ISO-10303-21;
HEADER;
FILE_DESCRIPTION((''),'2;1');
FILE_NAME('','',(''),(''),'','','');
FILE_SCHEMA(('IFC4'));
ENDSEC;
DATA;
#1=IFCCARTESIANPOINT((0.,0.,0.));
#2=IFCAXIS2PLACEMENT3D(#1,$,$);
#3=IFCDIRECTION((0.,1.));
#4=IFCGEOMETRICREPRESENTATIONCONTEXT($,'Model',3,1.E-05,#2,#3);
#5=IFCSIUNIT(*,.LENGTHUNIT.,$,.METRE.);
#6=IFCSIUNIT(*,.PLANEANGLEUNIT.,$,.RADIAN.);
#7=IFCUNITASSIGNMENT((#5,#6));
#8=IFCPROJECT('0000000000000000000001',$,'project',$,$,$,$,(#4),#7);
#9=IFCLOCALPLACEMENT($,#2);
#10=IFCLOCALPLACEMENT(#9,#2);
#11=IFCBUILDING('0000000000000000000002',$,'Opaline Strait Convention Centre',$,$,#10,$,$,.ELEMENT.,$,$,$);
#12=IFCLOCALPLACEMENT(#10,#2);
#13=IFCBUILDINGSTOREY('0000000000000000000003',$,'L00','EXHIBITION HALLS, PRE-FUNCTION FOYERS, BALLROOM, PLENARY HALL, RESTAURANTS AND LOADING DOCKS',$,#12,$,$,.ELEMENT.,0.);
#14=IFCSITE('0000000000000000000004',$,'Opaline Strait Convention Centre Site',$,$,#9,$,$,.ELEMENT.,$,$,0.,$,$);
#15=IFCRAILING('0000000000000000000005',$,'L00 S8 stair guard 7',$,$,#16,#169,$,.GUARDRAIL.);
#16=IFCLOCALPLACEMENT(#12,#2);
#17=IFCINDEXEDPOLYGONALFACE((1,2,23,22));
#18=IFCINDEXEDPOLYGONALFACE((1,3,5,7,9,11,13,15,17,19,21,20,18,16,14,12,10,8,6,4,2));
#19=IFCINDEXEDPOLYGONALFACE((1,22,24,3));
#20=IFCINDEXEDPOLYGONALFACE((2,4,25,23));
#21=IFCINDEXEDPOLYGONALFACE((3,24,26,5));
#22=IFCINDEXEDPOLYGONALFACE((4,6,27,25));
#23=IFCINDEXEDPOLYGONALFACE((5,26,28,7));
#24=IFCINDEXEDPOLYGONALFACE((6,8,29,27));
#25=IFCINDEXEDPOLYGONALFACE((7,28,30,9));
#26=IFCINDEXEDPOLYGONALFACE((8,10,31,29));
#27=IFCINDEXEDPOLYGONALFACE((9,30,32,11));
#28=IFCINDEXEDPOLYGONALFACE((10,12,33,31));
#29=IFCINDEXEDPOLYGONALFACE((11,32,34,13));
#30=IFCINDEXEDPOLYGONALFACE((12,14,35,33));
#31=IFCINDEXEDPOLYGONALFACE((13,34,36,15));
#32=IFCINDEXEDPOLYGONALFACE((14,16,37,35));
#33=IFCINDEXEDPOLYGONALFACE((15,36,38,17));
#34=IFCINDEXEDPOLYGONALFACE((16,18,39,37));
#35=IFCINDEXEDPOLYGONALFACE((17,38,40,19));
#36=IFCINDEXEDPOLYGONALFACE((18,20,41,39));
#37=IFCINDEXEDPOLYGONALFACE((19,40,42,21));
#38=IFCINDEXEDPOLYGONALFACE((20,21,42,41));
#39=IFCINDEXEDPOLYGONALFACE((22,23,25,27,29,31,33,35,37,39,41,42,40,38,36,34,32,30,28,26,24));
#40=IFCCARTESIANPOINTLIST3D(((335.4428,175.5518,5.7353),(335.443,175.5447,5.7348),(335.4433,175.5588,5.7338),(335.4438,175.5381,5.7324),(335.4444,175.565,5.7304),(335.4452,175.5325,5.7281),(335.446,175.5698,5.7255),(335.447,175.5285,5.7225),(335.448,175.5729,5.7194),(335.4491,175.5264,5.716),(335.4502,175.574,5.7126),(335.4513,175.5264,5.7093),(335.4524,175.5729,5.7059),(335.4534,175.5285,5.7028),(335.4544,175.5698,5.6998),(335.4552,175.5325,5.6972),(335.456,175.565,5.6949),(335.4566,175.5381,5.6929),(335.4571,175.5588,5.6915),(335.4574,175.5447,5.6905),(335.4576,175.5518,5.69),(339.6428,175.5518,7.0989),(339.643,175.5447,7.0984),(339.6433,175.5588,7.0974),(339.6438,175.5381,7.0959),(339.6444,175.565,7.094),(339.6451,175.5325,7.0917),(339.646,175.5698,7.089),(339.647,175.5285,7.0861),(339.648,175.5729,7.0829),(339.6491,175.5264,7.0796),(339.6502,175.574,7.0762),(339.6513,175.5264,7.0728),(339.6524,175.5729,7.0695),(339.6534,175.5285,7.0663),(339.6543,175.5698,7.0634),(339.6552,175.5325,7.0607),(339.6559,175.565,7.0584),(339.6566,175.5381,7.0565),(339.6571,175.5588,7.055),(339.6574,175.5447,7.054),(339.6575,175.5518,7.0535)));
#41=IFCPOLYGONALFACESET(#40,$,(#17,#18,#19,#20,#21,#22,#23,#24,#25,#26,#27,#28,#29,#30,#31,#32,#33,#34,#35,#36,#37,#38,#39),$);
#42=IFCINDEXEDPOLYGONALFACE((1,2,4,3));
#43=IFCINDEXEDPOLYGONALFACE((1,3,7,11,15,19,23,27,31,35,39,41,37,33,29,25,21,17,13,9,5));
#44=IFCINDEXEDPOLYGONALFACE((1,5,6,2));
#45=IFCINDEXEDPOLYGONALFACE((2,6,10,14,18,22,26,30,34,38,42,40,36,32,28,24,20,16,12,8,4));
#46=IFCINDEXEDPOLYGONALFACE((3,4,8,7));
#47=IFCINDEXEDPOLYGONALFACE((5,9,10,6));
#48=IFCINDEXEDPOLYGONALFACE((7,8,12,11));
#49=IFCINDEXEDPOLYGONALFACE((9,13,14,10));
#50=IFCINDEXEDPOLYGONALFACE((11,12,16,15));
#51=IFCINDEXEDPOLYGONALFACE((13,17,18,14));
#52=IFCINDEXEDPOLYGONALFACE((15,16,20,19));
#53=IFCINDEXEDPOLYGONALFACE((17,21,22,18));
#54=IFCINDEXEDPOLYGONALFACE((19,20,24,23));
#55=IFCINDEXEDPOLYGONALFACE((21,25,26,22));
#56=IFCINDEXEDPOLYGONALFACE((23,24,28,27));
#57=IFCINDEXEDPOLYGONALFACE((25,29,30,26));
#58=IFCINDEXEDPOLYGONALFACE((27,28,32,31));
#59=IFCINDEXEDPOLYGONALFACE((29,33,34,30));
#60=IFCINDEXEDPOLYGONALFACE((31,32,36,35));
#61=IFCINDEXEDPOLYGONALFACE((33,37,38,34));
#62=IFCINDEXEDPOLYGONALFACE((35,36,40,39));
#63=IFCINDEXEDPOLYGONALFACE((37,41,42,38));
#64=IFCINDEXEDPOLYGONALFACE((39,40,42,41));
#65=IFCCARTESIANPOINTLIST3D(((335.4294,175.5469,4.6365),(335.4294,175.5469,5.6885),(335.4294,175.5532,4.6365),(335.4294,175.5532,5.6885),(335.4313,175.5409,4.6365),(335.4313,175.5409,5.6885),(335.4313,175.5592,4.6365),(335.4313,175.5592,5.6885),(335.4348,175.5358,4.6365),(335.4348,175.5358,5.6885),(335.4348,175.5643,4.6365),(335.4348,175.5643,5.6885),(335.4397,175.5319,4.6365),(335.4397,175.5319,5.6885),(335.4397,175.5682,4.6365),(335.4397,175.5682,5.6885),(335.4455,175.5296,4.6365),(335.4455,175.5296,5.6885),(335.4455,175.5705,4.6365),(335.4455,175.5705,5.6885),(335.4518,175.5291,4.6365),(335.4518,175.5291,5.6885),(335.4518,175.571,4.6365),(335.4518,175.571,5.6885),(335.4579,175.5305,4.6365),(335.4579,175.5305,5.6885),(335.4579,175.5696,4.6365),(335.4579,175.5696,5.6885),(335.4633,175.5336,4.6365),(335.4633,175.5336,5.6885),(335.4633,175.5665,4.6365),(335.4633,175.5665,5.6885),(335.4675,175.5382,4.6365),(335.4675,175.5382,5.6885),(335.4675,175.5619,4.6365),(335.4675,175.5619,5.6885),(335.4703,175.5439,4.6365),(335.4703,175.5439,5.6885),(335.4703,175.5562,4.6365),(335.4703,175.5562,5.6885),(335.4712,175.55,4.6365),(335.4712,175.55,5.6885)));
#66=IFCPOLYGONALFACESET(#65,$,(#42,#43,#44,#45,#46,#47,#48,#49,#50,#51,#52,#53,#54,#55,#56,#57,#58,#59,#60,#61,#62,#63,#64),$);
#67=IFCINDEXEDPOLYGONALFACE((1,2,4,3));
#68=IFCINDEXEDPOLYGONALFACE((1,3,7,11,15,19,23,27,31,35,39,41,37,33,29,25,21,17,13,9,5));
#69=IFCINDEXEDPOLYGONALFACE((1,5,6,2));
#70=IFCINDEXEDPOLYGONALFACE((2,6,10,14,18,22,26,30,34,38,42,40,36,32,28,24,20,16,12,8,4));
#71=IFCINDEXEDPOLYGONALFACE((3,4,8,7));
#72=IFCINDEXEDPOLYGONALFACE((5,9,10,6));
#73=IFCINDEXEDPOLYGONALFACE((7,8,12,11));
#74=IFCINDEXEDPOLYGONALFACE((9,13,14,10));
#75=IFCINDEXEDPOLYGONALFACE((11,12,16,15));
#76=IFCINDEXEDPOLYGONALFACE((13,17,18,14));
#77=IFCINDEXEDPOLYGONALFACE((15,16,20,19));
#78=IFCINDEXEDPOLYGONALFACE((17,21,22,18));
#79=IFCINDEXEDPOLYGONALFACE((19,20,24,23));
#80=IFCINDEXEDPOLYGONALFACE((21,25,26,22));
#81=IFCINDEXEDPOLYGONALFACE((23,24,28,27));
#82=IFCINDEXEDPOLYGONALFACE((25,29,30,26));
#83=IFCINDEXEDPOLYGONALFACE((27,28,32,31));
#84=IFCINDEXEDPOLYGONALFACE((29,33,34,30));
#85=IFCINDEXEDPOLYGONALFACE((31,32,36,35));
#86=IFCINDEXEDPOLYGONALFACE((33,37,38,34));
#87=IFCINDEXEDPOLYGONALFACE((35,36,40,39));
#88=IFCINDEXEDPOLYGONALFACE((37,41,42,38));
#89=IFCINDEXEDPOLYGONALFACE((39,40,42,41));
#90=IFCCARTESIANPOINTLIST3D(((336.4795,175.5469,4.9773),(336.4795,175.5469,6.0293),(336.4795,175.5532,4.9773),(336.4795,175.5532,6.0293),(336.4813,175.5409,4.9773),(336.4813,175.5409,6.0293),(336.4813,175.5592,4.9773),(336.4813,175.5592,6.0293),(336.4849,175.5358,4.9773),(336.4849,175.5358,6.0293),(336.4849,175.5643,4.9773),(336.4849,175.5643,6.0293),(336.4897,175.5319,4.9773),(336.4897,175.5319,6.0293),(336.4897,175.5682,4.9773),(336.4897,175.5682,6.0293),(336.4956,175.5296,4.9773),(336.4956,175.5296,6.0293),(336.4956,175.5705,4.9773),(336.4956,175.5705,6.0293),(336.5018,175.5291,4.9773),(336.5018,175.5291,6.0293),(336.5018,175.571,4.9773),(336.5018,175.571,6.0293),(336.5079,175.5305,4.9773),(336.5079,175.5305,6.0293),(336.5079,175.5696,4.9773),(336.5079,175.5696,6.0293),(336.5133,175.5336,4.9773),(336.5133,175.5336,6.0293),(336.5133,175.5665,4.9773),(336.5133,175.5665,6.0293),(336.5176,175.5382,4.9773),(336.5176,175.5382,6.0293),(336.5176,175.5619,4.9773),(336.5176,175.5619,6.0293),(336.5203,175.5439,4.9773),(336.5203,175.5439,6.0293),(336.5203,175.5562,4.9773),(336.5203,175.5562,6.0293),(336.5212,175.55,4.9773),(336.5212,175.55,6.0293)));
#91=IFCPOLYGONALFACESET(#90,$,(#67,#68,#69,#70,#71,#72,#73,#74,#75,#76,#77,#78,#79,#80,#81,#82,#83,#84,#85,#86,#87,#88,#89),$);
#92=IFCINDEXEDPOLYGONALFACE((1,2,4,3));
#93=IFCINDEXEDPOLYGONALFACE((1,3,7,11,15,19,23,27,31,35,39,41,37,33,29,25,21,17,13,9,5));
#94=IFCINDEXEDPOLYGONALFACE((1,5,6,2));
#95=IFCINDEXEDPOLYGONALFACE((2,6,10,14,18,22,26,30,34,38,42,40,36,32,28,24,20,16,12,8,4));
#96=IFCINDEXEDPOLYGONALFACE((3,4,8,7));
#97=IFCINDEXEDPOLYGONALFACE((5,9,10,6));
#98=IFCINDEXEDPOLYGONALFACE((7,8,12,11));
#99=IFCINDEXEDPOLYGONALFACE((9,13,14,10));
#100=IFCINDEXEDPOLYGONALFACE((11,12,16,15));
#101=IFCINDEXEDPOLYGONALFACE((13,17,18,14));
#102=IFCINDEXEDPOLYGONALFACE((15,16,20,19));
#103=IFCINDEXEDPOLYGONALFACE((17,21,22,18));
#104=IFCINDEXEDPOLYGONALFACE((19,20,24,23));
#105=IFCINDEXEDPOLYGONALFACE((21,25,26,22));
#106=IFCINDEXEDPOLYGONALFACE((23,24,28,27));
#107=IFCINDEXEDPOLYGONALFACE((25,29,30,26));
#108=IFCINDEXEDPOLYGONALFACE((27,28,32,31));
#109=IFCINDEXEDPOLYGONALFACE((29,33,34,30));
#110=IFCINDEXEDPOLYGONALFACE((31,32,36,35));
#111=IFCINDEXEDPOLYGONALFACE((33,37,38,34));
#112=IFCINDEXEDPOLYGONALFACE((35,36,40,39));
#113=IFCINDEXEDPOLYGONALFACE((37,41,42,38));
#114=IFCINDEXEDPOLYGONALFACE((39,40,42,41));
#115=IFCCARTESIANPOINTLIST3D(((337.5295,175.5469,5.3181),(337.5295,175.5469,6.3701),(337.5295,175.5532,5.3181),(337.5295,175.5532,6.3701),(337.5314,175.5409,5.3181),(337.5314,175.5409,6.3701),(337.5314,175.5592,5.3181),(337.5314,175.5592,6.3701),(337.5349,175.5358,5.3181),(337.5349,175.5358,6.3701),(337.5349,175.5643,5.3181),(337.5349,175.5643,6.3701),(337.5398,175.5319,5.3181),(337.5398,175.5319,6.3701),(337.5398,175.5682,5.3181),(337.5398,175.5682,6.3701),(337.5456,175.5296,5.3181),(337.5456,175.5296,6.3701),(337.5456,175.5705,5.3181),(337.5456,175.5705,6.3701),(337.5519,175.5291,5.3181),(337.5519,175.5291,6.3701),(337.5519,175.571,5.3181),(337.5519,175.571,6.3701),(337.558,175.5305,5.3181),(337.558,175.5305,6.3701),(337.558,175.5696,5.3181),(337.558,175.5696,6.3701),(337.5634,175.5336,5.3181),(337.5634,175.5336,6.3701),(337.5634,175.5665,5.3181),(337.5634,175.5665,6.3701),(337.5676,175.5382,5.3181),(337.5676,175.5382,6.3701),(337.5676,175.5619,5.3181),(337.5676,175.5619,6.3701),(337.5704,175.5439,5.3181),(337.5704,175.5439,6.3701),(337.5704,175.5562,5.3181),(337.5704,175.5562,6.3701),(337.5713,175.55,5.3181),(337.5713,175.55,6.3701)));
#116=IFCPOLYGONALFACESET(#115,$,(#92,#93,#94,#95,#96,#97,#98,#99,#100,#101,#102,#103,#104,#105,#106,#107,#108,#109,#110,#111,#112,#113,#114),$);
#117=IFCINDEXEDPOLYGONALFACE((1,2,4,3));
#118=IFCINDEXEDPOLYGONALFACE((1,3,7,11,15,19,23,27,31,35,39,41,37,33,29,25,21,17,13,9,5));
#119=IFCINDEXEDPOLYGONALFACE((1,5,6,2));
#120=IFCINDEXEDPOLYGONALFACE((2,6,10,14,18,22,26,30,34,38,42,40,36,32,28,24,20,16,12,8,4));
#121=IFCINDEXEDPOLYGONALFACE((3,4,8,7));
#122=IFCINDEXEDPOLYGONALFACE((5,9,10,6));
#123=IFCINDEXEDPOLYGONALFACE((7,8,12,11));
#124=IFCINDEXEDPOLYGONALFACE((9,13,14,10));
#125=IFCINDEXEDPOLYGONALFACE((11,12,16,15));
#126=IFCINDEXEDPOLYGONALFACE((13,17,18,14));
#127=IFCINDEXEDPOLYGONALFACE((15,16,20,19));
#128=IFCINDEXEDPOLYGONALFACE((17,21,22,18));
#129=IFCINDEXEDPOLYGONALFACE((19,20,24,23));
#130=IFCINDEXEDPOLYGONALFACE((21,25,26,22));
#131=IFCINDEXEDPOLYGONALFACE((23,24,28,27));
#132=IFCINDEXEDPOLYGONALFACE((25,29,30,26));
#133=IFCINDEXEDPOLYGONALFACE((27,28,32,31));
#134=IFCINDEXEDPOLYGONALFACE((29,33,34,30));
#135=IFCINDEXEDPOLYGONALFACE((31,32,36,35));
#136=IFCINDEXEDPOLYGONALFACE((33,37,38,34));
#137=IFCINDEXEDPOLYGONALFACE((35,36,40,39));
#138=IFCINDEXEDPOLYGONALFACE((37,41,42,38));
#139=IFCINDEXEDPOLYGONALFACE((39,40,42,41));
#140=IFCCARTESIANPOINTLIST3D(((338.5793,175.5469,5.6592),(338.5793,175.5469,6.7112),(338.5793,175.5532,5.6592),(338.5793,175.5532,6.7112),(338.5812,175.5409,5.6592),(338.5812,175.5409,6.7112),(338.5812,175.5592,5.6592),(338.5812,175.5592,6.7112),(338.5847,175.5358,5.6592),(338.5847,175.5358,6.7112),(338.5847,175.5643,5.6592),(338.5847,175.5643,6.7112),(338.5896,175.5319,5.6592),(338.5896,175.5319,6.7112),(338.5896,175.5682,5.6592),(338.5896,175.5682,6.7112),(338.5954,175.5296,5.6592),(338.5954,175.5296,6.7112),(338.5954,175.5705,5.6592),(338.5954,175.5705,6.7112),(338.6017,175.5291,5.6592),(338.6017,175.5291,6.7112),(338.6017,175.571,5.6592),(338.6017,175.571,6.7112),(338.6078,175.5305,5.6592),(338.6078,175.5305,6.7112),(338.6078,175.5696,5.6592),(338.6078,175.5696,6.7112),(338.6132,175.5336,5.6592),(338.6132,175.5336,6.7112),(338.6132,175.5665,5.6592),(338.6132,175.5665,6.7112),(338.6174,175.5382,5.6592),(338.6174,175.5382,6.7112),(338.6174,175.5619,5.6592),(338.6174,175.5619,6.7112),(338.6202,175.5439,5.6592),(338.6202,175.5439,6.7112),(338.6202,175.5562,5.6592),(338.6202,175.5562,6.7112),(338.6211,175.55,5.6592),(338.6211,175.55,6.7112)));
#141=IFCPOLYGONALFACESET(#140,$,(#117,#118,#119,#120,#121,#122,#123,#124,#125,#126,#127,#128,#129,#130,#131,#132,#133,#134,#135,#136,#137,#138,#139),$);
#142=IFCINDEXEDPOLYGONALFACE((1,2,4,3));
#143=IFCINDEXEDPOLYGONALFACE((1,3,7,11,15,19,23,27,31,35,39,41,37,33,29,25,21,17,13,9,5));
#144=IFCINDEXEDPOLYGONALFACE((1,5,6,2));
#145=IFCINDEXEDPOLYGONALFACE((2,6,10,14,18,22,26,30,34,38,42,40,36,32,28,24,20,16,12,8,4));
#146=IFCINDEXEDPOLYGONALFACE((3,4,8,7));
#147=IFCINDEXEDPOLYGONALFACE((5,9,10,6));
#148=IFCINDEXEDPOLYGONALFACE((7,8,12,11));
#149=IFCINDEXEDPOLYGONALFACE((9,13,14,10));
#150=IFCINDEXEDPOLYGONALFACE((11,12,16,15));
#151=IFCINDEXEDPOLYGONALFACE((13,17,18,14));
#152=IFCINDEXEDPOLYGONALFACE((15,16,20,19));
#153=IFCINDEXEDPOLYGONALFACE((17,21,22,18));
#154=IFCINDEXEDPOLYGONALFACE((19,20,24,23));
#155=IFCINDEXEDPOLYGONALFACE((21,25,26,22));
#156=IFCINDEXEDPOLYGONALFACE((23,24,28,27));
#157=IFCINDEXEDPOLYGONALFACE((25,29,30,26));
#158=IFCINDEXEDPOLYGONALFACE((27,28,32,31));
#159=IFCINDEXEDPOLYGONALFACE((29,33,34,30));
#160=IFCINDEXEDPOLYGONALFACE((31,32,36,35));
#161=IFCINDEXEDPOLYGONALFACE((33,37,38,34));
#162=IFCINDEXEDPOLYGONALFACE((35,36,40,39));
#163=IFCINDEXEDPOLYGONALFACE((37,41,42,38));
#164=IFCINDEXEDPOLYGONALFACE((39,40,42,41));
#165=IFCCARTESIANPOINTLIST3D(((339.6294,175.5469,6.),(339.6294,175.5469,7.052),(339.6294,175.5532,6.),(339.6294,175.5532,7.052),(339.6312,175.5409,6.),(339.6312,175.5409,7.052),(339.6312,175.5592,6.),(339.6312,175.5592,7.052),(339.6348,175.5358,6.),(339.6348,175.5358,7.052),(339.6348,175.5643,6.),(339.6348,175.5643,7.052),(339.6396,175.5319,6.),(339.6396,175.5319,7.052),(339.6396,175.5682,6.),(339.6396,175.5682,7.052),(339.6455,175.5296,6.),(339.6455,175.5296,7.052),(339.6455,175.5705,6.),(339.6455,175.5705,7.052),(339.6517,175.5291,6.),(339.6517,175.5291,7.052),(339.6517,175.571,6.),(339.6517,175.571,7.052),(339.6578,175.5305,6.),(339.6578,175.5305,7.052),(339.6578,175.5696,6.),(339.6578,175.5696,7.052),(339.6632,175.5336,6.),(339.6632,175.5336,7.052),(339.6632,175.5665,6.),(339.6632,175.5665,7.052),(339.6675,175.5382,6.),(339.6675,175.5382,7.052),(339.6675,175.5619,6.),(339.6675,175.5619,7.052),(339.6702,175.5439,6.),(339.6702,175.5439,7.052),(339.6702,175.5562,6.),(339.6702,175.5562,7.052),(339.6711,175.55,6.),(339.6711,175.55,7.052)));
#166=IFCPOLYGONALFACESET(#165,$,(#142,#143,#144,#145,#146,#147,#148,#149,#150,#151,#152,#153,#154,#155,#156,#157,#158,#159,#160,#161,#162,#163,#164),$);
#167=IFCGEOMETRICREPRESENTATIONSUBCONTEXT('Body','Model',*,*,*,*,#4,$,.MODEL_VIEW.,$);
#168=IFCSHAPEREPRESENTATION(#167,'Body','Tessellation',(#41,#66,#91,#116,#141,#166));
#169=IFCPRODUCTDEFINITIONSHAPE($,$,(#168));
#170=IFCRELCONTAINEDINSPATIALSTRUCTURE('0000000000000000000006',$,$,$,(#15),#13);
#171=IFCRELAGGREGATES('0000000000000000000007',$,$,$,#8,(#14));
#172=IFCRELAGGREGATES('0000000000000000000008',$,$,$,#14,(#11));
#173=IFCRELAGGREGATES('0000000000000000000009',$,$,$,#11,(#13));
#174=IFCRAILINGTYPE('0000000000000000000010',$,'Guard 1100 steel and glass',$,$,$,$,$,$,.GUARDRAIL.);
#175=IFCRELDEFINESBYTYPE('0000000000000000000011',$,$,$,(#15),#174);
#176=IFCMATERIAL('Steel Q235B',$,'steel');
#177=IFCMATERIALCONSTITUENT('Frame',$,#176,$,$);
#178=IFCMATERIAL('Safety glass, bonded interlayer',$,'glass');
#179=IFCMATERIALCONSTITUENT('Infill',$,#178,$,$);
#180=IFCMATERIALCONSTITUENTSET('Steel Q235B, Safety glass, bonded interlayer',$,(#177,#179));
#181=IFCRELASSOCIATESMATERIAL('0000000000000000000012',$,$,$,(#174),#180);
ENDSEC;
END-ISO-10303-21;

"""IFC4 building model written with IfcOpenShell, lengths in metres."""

from ifc_helpers import new_model, si_unit, direction, frame, origin, origin_2d, place, context, subcontext, project, spatial, circle, extrude, material, constituent, constituent_set, type_object, element, save


model = new_model("IFC4")

# Units and contexts
model_context = context("Model", 3, precision=1e-05, world=origin(), true_north=direction((0.0, 1.0)))
body_context = subcontext(model_context, "Body", "Model", "MODEL_VIEW")
ifc_project = project(units=[si_unit("LENGTHUNIT", "METRE"), si_unit("PLANEANGLEUNIT", "RADIAN")], contexts=[model_context])

# Site, building, storey
site_placement = place(None, origin())
site = spatial("IfcSite", under=ifc_project, at=site_placement, Name="Opaline Strait Convention Centre Site", CompositionType="ELEMENT", RefElevation=0.0)
building_placement = place(site_placement, origin())
building = spatial("IfcBuilding", under=site, at=building_placement, Name="Opaline Strait Convention Centre", CompositionType="ELEMENT")
storey_placement = place(building_placement, origin())
storey = spatial("IfcBuildingStorey", under=building, at=storey_placement, Name="L00", Description="EXHIBITION HALLS, PRE-FUNCTION FOYERS, BALLROOM, PLENARY HALL, RESTAURANTS AND LOADING DOCKS", CompositionType="ELEMENT", Elevation=0.0)

# Shared definitions
ifc_material_1 = material(Name="Steel Q235B", Category="steel")

# Railing
ifc_constituent_1 = constituent(ifc_material_1, Name="Frame")
ifc_material_2 = material(Name="Safety glass, bonded interlayer", Category="glass")
ifc_constituent_2 = constituent(ifc_material_2, Name="Infill")
ifc_constituent_set = constituent_set(constituents=[ifc_constituent_1, ifc_constituent_2], Name="Steel Q235B, Safety glass, bonded interlayer")
railing_type_1 = type_object("IfcRailingType", Name="Guard 1100 steel and glass", PredefinedType="GUARDRAIL", material=ifc_constituent_set)
for number, where, name in (
    (1, (335.4502, 175.55, 4.6365), "L00 S8 stair guard 7"),
):
    element("IfcRailing", number, at=place(storey_placement, frame(where)), inside=storey, type_object=railing_type_1, Name=name, PredefinedType="GUARDRAIL", context=body_context, shape_type="SweptSolid", body=[
        extrude(circle(Radius=0.0239, at=origin_2d()), frame((0.0, 0.0, 1.0762), z_axis=(0.951131, 0.0, 0.308787), x_axis=(0.0, 1.0, 0.0)), (0.0, 0.0, 1.0), 4.4158),
        extrude(circle(Radius=0.021, at=origin_2d()), origin(), (0.0, 0.0, 1.0), 1.052),
        extrude(circle(Radius=0.021, at=origin_2d()), frame((1.05, 0.0, 0.3408)), (0.0, 0.0, 1.0), 1.052),
        extrude(circle(Radius=0.021, at=origin_2d()), frame((2.1001, 0.0, 0.6816)), (0.0, 0.0, 1.0), 1.052),
        extrude(circle(Radius=0.021, at=origin_2d()), frame((3.1499, 0.0, 1.0227)), (0.0, 0.0, 1.0), 1.052),
        extrude(circle(Radius=0.021, at=origin_2d()), frame((4.2, 0.0, 1.3635)), (0.0, 0.0, 1.0), 1.052),
    ])

save(model, "model.ifc")
